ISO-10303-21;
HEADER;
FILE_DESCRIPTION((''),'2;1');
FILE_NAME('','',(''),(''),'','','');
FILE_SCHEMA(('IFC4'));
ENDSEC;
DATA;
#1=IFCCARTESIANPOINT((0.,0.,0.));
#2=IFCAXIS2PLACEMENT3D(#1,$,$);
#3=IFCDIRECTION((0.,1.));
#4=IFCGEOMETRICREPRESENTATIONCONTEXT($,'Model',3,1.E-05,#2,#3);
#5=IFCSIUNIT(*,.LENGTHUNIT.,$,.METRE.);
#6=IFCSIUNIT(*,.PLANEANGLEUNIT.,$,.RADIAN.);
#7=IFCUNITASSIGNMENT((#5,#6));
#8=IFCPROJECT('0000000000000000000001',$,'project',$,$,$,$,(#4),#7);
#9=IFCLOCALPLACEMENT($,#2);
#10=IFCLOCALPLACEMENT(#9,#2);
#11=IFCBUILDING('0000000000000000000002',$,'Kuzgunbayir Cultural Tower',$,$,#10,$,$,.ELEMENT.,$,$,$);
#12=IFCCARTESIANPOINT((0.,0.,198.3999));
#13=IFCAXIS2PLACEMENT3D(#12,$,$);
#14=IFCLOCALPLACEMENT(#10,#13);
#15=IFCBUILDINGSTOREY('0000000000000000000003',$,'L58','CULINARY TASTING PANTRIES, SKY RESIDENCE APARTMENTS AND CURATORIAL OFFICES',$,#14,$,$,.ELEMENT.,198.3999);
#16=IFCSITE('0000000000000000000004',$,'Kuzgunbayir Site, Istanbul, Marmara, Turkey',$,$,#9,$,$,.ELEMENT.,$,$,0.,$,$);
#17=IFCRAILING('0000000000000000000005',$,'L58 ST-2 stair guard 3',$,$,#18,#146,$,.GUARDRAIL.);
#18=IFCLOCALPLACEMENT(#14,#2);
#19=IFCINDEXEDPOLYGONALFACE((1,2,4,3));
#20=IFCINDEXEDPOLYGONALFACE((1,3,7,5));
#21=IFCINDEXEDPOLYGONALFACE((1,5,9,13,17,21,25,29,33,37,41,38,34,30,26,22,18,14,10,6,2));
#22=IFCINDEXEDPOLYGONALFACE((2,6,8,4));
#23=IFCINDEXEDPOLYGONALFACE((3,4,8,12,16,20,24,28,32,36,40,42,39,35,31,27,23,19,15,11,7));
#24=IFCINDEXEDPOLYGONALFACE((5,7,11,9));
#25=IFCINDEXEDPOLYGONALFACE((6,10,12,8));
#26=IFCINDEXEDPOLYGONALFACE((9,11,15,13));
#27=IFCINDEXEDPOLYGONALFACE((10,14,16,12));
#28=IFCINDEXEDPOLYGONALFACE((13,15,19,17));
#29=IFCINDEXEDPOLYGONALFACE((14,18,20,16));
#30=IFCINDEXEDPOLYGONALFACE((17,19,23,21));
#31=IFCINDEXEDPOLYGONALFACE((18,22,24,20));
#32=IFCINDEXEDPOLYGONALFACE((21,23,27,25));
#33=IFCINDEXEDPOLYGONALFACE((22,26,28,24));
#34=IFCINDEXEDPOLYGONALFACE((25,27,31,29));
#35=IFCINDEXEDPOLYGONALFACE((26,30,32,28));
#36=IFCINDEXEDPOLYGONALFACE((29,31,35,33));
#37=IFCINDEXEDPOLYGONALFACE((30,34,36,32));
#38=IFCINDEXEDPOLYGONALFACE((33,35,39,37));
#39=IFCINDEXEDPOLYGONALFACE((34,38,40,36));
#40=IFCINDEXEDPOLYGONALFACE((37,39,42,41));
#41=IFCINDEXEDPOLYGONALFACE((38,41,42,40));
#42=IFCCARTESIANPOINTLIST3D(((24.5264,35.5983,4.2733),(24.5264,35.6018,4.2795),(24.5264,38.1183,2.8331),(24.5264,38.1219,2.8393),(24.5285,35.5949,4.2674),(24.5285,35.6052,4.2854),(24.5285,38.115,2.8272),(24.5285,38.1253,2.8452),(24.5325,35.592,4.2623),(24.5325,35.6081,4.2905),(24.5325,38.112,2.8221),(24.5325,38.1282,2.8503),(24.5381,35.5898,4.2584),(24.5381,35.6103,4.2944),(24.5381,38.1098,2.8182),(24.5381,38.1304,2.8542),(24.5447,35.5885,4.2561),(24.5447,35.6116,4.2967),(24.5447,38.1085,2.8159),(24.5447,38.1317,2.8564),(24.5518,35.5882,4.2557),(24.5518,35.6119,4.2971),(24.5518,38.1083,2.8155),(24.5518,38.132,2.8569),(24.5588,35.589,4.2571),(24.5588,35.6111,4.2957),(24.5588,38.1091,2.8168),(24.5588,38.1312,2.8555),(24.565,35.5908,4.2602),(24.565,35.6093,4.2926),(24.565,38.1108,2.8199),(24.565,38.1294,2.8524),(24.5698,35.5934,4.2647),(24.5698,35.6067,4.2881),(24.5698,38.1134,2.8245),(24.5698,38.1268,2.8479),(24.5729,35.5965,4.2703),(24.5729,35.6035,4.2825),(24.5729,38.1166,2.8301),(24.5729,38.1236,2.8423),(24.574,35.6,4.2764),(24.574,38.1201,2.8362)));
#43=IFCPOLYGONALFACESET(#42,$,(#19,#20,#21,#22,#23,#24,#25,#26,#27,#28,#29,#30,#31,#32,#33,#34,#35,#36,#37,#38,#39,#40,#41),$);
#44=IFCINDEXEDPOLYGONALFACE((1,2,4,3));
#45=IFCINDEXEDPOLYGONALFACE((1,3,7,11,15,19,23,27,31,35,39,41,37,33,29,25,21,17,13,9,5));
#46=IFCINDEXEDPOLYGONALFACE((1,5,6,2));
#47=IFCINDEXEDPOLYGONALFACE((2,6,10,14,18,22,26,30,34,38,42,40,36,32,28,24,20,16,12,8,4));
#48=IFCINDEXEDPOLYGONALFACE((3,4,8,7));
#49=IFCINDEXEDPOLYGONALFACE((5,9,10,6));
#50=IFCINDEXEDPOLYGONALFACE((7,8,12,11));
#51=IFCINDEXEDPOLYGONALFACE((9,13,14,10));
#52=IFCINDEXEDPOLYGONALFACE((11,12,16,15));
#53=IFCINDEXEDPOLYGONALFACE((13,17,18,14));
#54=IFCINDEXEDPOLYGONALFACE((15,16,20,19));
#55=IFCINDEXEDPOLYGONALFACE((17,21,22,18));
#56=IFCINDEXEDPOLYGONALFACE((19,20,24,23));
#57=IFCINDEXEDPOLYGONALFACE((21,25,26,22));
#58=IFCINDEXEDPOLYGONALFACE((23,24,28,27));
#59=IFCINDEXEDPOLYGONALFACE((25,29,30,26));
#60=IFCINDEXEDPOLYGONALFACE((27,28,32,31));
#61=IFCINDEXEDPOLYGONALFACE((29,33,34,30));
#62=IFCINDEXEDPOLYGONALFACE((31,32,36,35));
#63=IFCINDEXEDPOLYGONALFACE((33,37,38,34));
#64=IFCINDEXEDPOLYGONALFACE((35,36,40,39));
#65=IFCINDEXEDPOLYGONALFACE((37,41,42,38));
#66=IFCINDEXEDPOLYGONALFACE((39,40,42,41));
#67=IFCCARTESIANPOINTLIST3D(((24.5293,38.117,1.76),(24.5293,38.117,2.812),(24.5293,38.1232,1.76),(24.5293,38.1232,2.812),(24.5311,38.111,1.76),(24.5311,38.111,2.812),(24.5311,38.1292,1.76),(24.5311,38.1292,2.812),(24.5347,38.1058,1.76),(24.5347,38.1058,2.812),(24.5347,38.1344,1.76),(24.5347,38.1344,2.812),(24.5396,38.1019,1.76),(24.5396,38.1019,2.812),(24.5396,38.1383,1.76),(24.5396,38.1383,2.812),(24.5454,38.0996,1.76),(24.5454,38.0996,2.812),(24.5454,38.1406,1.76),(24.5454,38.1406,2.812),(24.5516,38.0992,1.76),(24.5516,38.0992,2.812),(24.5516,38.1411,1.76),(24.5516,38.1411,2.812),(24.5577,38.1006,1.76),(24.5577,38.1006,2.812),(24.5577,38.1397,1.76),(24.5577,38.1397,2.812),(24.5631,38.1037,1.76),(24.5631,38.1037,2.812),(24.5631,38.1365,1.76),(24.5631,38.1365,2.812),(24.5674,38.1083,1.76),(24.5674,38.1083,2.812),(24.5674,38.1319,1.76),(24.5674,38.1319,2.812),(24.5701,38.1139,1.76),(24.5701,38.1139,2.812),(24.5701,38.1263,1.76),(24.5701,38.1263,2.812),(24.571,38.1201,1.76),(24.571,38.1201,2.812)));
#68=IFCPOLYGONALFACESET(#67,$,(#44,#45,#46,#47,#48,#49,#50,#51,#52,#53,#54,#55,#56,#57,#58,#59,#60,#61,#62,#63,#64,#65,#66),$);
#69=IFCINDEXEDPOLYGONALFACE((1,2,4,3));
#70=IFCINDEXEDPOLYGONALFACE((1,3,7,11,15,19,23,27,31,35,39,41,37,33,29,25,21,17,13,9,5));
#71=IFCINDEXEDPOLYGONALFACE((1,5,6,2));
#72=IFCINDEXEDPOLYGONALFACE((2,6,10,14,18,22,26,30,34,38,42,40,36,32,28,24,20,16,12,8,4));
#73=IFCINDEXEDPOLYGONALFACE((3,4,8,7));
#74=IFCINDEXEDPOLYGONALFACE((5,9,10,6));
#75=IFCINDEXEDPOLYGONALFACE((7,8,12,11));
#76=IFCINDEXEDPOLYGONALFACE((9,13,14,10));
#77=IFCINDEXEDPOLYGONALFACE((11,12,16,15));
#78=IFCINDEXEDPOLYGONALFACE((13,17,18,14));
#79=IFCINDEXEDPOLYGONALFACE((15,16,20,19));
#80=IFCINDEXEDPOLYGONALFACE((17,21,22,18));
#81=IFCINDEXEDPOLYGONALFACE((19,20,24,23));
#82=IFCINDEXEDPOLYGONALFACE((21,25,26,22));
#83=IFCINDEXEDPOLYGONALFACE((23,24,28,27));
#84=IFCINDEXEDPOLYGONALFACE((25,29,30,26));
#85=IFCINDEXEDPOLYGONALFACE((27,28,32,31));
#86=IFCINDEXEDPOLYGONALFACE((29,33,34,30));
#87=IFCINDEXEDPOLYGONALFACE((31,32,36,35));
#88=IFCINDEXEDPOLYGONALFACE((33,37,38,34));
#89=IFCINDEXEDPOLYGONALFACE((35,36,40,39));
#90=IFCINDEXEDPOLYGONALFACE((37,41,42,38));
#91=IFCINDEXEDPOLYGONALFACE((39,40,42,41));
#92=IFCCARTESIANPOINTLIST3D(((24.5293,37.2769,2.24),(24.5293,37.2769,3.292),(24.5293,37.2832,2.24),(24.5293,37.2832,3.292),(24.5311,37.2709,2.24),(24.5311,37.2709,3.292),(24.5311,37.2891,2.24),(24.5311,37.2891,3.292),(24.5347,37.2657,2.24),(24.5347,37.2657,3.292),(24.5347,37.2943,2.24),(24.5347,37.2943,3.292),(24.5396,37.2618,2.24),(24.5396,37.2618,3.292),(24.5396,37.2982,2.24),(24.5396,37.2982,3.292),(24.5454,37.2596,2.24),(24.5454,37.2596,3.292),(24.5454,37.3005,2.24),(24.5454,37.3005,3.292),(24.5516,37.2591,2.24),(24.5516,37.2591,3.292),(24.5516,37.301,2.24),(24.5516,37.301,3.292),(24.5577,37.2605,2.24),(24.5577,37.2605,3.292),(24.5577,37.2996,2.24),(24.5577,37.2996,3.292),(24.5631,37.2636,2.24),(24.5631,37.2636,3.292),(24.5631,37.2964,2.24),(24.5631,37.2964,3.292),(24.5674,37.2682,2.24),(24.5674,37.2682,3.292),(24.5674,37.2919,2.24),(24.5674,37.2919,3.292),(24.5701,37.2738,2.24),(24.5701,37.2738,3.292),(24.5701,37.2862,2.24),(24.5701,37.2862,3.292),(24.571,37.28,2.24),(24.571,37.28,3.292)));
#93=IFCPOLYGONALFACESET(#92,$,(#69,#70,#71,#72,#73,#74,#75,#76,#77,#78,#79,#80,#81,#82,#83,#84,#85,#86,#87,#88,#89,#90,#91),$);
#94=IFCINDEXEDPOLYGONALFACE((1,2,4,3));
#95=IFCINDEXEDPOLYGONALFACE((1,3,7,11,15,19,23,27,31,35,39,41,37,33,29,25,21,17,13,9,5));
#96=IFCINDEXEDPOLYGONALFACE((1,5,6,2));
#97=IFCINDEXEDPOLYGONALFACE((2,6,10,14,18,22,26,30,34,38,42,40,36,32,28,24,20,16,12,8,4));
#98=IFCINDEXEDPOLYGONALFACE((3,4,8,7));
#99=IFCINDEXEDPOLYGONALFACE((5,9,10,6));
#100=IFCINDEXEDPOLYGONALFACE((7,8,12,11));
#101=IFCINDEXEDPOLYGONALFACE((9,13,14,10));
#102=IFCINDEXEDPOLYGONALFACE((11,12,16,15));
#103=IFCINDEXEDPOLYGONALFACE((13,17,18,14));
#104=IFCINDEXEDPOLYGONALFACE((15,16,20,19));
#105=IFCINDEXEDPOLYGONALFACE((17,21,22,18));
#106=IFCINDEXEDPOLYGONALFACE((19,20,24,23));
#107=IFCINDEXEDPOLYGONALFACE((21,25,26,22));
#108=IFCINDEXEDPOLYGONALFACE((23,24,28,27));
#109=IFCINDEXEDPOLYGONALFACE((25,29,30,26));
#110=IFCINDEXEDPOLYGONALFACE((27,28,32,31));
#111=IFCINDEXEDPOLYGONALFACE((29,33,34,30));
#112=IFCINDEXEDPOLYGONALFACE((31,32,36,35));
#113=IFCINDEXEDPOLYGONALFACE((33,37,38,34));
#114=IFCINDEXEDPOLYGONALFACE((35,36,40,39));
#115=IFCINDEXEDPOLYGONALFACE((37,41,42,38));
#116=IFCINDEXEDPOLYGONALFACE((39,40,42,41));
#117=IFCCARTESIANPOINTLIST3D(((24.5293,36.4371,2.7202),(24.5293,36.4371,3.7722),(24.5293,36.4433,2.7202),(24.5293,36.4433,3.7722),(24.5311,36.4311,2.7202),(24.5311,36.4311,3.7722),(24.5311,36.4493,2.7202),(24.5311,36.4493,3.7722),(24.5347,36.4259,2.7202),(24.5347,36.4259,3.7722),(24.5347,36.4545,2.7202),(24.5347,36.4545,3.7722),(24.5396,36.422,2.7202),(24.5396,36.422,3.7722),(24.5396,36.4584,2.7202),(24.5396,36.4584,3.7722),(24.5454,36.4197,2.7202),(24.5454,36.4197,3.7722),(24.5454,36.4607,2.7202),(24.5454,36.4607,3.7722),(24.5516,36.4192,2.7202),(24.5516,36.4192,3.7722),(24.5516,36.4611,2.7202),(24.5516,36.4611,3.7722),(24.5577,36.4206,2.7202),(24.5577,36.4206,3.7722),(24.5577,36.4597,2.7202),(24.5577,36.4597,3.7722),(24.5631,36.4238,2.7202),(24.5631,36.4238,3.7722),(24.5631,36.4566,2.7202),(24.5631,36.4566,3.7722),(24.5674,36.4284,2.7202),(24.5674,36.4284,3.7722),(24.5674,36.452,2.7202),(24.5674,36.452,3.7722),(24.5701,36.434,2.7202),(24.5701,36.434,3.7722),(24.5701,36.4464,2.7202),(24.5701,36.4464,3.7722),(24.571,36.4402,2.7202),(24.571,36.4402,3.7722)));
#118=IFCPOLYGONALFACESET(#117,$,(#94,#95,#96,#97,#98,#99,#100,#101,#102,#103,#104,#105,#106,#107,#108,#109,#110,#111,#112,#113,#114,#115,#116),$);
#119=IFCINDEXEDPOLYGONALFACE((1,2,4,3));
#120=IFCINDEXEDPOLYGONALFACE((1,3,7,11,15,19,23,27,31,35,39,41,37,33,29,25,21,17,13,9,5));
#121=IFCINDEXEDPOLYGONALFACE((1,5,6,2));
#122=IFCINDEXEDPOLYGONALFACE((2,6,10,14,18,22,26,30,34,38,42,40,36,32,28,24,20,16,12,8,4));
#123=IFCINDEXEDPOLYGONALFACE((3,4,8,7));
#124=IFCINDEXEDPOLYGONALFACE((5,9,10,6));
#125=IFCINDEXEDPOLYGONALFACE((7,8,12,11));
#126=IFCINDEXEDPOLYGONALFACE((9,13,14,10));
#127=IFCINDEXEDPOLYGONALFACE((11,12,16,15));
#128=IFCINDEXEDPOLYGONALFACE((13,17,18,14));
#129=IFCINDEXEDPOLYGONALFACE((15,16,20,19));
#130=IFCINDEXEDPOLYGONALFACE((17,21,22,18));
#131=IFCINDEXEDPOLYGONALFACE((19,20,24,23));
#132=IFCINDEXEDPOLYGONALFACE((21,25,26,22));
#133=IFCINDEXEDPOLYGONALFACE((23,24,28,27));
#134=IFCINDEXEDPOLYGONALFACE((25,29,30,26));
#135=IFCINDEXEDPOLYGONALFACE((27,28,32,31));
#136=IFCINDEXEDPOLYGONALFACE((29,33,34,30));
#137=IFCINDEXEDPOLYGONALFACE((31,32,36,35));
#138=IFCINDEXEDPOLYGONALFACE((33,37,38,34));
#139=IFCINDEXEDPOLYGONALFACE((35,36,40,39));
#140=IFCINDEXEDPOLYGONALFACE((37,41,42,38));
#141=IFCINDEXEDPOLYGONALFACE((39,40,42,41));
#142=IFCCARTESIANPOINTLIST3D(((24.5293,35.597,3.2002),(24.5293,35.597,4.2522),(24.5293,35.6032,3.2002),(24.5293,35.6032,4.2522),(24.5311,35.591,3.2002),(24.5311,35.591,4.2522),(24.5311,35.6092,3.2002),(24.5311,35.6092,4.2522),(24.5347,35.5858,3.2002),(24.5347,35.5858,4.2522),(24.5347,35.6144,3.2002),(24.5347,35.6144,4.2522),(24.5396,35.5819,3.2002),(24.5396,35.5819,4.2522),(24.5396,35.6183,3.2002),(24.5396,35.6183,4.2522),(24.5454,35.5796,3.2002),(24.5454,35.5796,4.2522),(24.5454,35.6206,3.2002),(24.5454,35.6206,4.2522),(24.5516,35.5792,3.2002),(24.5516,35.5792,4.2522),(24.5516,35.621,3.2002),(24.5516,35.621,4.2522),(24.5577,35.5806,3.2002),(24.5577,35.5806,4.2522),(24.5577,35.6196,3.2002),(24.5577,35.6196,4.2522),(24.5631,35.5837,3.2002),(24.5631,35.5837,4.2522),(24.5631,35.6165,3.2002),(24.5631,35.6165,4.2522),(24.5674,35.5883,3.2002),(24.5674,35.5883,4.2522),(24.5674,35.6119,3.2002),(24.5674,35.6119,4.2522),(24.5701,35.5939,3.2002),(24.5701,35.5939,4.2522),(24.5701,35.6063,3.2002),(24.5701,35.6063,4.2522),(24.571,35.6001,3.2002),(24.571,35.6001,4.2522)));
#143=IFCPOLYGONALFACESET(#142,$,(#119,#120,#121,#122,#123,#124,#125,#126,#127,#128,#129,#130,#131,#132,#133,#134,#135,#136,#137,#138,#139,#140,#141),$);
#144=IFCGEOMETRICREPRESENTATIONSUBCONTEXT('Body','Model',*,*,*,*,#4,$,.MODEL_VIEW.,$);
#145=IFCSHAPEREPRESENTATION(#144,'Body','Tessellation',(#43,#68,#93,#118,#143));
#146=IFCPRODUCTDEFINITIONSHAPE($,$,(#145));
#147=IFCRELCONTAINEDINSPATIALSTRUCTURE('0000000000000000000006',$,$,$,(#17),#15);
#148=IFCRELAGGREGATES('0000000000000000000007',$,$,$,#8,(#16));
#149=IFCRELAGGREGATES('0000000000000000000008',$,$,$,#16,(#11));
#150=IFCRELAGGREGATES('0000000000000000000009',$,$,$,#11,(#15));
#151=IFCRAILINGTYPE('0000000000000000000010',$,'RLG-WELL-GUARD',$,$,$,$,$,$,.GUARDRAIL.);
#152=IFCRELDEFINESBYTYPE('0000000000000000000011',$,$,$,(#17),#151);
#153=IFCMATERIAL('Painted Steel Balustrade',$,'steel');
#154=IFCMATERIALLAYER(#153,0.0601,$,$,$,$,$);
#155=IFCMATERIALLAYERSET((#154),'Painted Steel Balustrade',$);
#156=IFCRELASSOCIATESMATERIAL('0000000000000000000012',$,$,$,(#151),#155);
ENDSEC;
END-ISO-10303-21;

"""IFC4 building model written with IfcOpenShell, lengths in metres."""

from ifc_helpers import new_model, si_unit, direction, frame, origin, origin_2d, place, context, subcontext, project, spatial, circle, extrude, material, layer, layer_set, type_object, element, save


model = new_model("IFC4")

# Units and contexts
model_context = context("Model", 3, precision=1e-05, world=origin(), true_north=direction((0.0, 1.0)))
body_context = subcontext(model_context, "Body", "Model", "MODEL_VIEW")
ifc_project = project(units=[si_unit("LENGTHUNIT", "METRE"), si_unit("PLANEANGLEUNIT", "RADIAN")], contexts=[model_context])

# Site, building, storey
site_placement = place(None, origin())
site = spatial("IfcSite", under=ifc_project, at=site_placement, Name="Kuzgunbayir Site, Istanbul, Marmara, Turkey", CompositionType="ELEMENT", RefElevation=0.0)
building_placement = place(site_placement, origin())
building = spatial("IfcBuilding", under=site, at=building_placement, Name="Kuzgunbayir Cultural Tower", CompositionType="ELEMENT")
storey_placement = place(building_placement, frame((0.0, 0.0, 198.3999)))
storey = spatial("IfcBuildingStorey", under=building, at=storey_placement, Name="L58", Description="CULINARY TASTING PANTRIES, SKY RESIDENCE APARTMENTS AND CURATORIAL OFFICES", CompositionType="ELEMENT", Elevation=198.3999)

# Railing
ifc_material_1 = material(Name="Painted Steel Balustrade", Category="steel")
ifc_layer_1 = layer(ifc_material_1, 0.0601)
ifc_layer_set_1 = layer_set([ifc_layer_1], Name="Painted Steel Balustrade")
railing_type_1 = type_object("IfcRailingType", Name="RLG-WELL-GUARD", PredefinedType="GUARDRAIL", material=ifc_layer_set_1)
railing_1_placement = place(storey_placement, frame((24.55, 38.1201, 1.76)))
element("IfcRailing", 1, at=railing_1_placement, inside=storey, type_object=railing_type_1, Name="L58 ST-2 stair guard 3", PredefinedType="GUARDRAIL", context=body_context, shape_type="SweptSolid", body=[
    extrude(circle(Radius=0.0239, at=origin_2d()), frame((0.0, 0.0, 1.0762), z_axis=(0.0, -0.868217, 0.496184), x_axis=(1.0, 0.0, 0.0)), (0.0, 0.0, 1.0), 2.9026),
    extrude(circle(Radius=0.021, at=origin_2d()), origin(), (0.0, 0.0, 1.0), 1.052),
    extrude(circle(Radius=0.021, at=origin_2d()), frame((0.0, -0.8401, 0.48)), (0.0, 0.0, 1.0), 1.052),
    extrude(circle(Radius=0.021, at=origin_2d()), frame((0.0, -1.6799, 0.9602)), (0.0, 0.0, 1.0), 1.052),
    extrude(circle(Radius=0.021, at=origin_2d()), frame((0.0, -2.52, 1.4402)), (0.0, 0.0, 1.0), 1.052),
])

save(model, "model.ifc")
